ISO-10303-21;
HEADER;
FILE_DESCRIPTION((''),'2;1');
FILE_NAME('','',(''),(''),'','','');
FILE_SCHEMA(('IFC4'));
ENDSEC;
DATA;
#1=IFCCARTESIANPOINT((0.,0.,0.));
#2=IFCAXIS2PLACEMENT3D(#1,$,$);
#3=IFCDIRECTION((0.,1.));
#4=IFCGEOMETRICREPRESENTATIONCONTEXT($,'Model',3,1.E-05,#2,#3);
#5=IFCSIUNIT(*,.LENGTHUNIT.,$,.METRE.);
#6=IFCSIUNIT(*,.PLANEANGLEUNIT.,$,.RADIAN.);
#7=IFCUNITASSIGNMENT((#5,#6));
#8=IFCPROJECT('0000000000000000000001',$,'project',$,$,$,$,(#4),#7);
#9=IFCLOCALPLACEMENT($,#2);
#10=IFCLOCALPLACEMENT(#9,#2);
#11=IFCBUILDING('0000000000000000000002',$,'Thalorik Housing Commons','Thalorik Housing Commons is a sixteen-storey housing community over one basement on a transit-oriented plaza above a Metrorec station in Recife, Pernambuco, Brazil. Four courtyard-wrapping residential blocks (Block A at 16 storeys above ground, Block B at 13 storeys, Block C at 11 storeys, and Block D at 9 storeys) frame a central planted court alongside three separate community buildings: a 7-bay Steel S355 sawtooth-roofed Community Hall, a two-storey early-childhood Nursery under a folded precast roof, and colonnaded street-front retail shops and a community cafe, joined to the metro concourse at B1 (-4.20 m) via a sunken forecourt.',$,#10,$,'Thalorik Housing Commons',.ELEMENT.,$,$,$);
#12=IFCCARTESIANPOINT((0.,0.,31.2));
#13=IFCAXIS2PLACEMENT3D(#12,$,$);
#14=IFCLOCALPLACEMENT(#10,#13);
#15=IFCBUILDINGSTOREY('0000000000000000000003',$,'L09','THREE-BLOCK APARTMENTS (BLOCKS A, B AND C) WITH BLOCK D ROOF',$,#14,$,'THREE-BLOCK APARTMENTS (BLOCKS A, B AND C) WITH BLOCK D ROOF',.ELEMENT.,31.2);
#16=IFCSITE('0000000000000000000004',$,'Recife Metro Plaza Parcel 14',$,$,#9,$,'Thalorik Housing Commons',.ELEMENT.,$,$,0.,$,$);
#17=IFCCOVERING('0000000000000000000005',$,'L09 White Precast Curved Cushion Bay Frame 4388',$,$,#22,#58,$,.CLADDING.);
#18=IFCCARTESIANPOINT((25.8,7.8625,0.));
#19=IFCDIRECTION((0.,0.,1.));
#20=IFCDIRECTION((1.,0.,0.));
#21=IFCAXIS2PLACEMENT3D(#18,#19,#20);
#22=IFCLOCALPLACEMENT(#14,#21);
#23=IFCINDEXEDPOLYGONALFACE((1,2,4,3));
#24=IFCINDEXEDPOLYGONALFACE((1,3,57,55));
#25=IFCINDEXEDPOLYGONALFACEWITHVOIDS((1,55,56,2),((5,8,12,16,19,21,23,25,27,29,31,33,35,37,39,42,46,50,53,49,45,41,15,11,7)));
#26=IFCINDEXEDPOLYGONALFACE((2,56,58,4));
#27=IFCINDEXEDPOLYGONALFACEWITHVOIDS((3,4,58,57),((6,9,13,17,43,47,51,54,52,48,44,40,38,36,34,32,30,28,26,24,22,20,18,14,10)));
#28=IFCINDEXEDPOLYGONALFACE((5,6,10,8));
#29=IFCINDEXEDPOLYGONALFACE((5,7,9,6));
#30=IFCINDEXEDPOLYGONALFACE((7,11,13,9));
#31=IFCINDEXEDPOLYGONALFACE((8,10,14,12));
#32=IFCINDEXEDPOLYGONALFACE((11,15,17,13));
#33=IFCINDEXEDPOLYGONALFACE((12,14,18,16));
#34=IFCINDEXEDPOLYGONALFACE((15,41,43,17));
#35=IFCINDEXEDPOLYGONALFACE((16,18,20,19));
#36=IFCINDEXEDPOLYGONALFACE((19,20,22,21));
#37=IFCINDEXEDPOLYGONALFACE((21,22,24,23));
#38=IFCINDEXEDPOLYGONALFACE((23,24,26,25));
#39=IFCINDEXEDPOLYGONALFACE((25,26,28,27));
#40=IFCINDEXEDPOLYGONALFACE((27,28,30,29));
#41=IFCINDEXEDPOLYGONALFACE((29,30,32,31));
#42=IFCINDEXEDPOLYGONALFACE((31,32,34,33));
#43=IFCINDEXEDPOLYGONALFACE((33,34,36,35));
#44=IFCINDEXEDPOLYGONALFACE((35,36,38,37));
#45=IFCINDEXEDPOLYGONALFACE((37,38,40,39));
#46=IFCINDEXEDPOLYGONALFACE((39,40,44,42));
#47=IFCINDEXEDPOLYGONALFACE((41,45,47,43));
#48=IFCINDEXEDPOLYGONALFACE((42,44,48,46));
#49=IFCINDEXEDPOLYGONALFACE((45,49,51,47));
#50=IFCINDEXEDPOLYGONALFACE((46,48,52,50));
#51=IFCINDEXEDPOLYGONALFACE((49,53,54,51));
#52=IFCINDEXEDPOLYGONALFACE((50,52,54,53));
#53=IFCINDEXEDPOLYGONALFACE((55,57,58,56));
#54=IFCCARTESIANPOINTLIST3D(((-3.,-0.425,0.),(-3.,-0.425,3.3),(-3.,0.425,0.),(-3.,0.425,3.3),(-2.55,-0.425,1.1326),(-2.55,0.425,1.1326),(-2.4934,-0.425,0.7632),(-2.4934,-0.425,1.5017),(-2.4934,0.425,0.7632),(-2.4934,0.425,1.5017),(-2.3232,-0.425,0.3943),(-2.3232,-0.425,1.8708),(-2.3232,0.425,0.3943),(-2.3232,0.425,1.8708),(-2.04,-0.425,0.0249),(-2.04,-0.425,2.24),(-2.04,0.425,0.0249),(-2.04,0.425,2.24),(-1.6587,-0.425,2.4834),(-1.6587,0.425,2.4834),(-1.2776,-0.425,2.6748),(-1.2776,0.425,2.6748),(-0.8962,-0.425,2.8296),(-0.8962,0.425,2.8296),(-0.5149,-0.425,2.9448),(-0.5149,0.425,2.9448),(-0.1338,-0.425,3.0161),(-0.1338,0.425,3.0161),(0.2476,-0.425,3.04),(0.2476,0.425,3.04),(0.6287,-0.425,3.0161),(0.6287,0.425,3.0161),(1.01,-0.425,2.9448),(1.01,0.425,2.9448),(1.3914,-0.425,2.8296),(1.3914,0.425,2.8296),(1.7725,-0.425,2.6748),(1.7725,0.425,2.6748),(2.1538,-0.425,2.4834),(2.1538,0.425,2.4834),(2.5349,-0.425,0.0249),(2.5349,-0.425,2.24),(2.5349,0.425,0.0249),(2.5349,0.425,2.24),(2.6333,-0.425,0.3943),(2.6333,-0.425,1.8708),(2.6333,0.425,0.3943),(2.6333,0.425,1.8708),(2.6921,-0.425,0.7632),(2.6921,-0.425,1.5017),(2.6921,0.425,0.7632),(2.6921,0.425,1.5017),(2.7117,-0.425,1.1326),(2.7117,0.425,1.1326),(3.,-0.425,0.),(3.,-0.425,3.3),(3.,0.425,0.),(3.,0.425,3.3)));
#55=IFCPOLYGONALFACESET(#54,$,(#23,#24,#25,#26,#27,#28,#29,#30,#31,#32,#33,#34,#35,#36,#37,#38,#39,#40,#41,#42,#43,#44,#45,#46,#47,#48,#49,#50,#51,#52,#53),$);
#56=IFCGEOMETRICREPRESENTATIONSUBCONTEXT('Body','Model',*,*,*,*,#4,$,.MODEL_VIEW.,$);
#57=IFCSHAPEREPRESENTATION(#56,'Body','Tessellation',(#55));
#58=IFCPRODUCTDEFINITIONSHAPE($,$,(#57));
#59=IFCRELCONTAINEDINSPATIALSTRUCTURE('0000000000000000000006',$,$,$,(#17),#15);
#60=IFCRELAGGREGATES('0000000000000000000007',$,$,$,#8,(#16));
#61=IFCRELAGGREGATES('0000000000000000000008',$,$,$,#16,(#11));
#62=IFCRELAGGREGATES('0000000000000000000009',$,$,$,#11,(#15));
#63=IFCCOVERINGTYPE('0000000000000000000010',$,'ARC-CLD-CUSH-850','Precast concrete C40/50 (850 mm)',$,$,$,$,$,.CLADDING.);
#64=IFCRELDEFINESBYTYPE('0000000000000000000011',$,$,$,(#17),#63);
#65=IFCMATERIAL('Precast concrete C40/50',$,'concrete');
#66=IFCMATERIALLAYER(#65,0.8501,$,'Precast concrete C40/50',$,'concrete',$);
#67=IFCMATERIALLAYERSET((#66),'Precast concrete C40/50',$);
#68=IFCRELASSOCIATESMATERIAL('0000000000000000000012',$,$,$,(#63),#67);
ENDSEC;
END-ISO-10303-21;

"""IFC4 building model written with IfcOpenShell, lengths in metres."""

from ifc_helpers import new_model, si_unit, direction, frame, origin, place, context, subcontext, project, spatial, polyline, outline, extrude, material, layer, layer_set, type_object, element, save


model = new_model("IFC4")

# Units and contexts
model_context = context("Model", 3, precision=1e-05, world=origin(), true_north=direction((0.0, 1.0)))
body_context = subcontext(model_context, "Body", "Model", "MODEL_VIEW")
ifc_project = project(units=[si_unit("LENGTHUNIT", "METRE"), si_unit("PLANEANGLEUNIT", "RADIAN")], contexts=[model_context])

# Site, building, storey
site_placement = place(None, origin())
site = spatial("IfcSite", under=ifc_project, at=site_placement, Name="Recife Metro Plaza Parcel 14", LongName="Thalorik Housing Commons", CompositionType="ELEMENT", RefElevation=0.0)
building_placement = place(site_placement, origin())
building = spatial("IfcBuilding", under=site, at=building_placement, Name="Thalorik Housing Commons", Description="Thalorik Housing Commons is a sixteen-storey housing community over one basement on a transit-oriented plaza above a Metrorec station in Recife, Pernambuco, Brazil. Four courtyard-wrapping residential blocks (Block A at 16 storeys above ground, Block B at 13 storeys, Block C at 11 storeys, and Block D at 9 storeys) frame a central planted court alongside three separate community buildings: a 7-bay Steel S355 sawtooth-roofed Community Hall, a two-storey early-childhood Nursery under a folded precast roof, and colonnaded street-front retail shops and a community cafe, joined to the metro concourse at B1 (-4.20 m) via a sunken forecourt.", LongName="Thalorik Housing Commons", CompositionType="ELEMENT")
storey_placement = place(building_placement, frame((0.0, 0.0, 31.2)))
storey = spatial("IfcBuildingStorey", under=building, at=storey_placement, Name="L09", Description="THREE-BLOCK APARTMENTS (BLOCKS A, B AND C) WITH BLOCK D ROOF", LongName="THREE-BLOCK APARTMENTS (BLOCKS A, B AND C) WITH BLOCK D ROOF", CompositionType="ELEMENT", Elevation=31.2)

# Shared definitions
ifc_material_1 = material(Name="Precast concrete C40/50", Category="concrete")

# Covering
ifc_layer_1 = layer(ifc_material_1, 0.8501, Name="Precast concrete C40/50", Category="concrete")
ifc_layer_set_1 = layer_set([ifc_layer_1], Name="Precast concrete C40/50")
covering_type = type_object("IfcCoveringType", Name="ARC-CLD-CUSH-850", Description="Precast concrete C40/50 (850 mm)", PredefinedType="CLADDING", material=ifc_layer_set_1)
covering_placement = place(storey_placement, frame((25.8, 7.8625, 0.0), z_axis=(0.0, 0.0, 1.0), x_axis=(1.0, 0.0, 0.0)))
element("IfcCovering", 1, at=covering_placement, inside=storey, type_object=covering_type, Name="L09 White Precast Curved Cushion Bay Frame 4388", PredefinedType="CLADDING", context=body_context, shape_type="SweptSolid", body=[
    extrude(outline(polyline([(-3.0, 0.0), (3.0, 0.0), (3.0, 3.3), (-3.0, 3.3), (-3.0, 0.0)]), holes=[polyline([(2.5349, 0.0249), (2.6333, 0.3943), (2.6921, 0.7632), (2.7117, 1.1326), (2.6921, 1.5017), (2.6333, 1.8708), (2.5349, 2.24), (2.1538, 2.4834), (1.7725, 2.6748), (1.3914, 2.8296), (1.01, 2.9448), (0.6287, 3.0161), (0.2476, 3.04), (-0.1338, 3.0161), (-0.5149, 2.9448), (-0.8962, 2.8296), (-1.2776, 2.6748), (-1.6587, 2.4834), (-2.04, 2.24), (-2.3232, 1.8708), (-2.4934, 1.5017), (-2.55, 1.1326), (-2.4934, 0.7632), (-2.3232, 0.3943), (-2.04, 0.0249), (2.5349, 0.0249)])]), frame((0.0, 0.425, 0.0), z_axis=(0.0, -1.0, 0.0), x_axis=(1.0, 0.0, 0.0)), (0.0, 0.0, 1.0), 0.8501),
])

save(model, "model.ifc")
